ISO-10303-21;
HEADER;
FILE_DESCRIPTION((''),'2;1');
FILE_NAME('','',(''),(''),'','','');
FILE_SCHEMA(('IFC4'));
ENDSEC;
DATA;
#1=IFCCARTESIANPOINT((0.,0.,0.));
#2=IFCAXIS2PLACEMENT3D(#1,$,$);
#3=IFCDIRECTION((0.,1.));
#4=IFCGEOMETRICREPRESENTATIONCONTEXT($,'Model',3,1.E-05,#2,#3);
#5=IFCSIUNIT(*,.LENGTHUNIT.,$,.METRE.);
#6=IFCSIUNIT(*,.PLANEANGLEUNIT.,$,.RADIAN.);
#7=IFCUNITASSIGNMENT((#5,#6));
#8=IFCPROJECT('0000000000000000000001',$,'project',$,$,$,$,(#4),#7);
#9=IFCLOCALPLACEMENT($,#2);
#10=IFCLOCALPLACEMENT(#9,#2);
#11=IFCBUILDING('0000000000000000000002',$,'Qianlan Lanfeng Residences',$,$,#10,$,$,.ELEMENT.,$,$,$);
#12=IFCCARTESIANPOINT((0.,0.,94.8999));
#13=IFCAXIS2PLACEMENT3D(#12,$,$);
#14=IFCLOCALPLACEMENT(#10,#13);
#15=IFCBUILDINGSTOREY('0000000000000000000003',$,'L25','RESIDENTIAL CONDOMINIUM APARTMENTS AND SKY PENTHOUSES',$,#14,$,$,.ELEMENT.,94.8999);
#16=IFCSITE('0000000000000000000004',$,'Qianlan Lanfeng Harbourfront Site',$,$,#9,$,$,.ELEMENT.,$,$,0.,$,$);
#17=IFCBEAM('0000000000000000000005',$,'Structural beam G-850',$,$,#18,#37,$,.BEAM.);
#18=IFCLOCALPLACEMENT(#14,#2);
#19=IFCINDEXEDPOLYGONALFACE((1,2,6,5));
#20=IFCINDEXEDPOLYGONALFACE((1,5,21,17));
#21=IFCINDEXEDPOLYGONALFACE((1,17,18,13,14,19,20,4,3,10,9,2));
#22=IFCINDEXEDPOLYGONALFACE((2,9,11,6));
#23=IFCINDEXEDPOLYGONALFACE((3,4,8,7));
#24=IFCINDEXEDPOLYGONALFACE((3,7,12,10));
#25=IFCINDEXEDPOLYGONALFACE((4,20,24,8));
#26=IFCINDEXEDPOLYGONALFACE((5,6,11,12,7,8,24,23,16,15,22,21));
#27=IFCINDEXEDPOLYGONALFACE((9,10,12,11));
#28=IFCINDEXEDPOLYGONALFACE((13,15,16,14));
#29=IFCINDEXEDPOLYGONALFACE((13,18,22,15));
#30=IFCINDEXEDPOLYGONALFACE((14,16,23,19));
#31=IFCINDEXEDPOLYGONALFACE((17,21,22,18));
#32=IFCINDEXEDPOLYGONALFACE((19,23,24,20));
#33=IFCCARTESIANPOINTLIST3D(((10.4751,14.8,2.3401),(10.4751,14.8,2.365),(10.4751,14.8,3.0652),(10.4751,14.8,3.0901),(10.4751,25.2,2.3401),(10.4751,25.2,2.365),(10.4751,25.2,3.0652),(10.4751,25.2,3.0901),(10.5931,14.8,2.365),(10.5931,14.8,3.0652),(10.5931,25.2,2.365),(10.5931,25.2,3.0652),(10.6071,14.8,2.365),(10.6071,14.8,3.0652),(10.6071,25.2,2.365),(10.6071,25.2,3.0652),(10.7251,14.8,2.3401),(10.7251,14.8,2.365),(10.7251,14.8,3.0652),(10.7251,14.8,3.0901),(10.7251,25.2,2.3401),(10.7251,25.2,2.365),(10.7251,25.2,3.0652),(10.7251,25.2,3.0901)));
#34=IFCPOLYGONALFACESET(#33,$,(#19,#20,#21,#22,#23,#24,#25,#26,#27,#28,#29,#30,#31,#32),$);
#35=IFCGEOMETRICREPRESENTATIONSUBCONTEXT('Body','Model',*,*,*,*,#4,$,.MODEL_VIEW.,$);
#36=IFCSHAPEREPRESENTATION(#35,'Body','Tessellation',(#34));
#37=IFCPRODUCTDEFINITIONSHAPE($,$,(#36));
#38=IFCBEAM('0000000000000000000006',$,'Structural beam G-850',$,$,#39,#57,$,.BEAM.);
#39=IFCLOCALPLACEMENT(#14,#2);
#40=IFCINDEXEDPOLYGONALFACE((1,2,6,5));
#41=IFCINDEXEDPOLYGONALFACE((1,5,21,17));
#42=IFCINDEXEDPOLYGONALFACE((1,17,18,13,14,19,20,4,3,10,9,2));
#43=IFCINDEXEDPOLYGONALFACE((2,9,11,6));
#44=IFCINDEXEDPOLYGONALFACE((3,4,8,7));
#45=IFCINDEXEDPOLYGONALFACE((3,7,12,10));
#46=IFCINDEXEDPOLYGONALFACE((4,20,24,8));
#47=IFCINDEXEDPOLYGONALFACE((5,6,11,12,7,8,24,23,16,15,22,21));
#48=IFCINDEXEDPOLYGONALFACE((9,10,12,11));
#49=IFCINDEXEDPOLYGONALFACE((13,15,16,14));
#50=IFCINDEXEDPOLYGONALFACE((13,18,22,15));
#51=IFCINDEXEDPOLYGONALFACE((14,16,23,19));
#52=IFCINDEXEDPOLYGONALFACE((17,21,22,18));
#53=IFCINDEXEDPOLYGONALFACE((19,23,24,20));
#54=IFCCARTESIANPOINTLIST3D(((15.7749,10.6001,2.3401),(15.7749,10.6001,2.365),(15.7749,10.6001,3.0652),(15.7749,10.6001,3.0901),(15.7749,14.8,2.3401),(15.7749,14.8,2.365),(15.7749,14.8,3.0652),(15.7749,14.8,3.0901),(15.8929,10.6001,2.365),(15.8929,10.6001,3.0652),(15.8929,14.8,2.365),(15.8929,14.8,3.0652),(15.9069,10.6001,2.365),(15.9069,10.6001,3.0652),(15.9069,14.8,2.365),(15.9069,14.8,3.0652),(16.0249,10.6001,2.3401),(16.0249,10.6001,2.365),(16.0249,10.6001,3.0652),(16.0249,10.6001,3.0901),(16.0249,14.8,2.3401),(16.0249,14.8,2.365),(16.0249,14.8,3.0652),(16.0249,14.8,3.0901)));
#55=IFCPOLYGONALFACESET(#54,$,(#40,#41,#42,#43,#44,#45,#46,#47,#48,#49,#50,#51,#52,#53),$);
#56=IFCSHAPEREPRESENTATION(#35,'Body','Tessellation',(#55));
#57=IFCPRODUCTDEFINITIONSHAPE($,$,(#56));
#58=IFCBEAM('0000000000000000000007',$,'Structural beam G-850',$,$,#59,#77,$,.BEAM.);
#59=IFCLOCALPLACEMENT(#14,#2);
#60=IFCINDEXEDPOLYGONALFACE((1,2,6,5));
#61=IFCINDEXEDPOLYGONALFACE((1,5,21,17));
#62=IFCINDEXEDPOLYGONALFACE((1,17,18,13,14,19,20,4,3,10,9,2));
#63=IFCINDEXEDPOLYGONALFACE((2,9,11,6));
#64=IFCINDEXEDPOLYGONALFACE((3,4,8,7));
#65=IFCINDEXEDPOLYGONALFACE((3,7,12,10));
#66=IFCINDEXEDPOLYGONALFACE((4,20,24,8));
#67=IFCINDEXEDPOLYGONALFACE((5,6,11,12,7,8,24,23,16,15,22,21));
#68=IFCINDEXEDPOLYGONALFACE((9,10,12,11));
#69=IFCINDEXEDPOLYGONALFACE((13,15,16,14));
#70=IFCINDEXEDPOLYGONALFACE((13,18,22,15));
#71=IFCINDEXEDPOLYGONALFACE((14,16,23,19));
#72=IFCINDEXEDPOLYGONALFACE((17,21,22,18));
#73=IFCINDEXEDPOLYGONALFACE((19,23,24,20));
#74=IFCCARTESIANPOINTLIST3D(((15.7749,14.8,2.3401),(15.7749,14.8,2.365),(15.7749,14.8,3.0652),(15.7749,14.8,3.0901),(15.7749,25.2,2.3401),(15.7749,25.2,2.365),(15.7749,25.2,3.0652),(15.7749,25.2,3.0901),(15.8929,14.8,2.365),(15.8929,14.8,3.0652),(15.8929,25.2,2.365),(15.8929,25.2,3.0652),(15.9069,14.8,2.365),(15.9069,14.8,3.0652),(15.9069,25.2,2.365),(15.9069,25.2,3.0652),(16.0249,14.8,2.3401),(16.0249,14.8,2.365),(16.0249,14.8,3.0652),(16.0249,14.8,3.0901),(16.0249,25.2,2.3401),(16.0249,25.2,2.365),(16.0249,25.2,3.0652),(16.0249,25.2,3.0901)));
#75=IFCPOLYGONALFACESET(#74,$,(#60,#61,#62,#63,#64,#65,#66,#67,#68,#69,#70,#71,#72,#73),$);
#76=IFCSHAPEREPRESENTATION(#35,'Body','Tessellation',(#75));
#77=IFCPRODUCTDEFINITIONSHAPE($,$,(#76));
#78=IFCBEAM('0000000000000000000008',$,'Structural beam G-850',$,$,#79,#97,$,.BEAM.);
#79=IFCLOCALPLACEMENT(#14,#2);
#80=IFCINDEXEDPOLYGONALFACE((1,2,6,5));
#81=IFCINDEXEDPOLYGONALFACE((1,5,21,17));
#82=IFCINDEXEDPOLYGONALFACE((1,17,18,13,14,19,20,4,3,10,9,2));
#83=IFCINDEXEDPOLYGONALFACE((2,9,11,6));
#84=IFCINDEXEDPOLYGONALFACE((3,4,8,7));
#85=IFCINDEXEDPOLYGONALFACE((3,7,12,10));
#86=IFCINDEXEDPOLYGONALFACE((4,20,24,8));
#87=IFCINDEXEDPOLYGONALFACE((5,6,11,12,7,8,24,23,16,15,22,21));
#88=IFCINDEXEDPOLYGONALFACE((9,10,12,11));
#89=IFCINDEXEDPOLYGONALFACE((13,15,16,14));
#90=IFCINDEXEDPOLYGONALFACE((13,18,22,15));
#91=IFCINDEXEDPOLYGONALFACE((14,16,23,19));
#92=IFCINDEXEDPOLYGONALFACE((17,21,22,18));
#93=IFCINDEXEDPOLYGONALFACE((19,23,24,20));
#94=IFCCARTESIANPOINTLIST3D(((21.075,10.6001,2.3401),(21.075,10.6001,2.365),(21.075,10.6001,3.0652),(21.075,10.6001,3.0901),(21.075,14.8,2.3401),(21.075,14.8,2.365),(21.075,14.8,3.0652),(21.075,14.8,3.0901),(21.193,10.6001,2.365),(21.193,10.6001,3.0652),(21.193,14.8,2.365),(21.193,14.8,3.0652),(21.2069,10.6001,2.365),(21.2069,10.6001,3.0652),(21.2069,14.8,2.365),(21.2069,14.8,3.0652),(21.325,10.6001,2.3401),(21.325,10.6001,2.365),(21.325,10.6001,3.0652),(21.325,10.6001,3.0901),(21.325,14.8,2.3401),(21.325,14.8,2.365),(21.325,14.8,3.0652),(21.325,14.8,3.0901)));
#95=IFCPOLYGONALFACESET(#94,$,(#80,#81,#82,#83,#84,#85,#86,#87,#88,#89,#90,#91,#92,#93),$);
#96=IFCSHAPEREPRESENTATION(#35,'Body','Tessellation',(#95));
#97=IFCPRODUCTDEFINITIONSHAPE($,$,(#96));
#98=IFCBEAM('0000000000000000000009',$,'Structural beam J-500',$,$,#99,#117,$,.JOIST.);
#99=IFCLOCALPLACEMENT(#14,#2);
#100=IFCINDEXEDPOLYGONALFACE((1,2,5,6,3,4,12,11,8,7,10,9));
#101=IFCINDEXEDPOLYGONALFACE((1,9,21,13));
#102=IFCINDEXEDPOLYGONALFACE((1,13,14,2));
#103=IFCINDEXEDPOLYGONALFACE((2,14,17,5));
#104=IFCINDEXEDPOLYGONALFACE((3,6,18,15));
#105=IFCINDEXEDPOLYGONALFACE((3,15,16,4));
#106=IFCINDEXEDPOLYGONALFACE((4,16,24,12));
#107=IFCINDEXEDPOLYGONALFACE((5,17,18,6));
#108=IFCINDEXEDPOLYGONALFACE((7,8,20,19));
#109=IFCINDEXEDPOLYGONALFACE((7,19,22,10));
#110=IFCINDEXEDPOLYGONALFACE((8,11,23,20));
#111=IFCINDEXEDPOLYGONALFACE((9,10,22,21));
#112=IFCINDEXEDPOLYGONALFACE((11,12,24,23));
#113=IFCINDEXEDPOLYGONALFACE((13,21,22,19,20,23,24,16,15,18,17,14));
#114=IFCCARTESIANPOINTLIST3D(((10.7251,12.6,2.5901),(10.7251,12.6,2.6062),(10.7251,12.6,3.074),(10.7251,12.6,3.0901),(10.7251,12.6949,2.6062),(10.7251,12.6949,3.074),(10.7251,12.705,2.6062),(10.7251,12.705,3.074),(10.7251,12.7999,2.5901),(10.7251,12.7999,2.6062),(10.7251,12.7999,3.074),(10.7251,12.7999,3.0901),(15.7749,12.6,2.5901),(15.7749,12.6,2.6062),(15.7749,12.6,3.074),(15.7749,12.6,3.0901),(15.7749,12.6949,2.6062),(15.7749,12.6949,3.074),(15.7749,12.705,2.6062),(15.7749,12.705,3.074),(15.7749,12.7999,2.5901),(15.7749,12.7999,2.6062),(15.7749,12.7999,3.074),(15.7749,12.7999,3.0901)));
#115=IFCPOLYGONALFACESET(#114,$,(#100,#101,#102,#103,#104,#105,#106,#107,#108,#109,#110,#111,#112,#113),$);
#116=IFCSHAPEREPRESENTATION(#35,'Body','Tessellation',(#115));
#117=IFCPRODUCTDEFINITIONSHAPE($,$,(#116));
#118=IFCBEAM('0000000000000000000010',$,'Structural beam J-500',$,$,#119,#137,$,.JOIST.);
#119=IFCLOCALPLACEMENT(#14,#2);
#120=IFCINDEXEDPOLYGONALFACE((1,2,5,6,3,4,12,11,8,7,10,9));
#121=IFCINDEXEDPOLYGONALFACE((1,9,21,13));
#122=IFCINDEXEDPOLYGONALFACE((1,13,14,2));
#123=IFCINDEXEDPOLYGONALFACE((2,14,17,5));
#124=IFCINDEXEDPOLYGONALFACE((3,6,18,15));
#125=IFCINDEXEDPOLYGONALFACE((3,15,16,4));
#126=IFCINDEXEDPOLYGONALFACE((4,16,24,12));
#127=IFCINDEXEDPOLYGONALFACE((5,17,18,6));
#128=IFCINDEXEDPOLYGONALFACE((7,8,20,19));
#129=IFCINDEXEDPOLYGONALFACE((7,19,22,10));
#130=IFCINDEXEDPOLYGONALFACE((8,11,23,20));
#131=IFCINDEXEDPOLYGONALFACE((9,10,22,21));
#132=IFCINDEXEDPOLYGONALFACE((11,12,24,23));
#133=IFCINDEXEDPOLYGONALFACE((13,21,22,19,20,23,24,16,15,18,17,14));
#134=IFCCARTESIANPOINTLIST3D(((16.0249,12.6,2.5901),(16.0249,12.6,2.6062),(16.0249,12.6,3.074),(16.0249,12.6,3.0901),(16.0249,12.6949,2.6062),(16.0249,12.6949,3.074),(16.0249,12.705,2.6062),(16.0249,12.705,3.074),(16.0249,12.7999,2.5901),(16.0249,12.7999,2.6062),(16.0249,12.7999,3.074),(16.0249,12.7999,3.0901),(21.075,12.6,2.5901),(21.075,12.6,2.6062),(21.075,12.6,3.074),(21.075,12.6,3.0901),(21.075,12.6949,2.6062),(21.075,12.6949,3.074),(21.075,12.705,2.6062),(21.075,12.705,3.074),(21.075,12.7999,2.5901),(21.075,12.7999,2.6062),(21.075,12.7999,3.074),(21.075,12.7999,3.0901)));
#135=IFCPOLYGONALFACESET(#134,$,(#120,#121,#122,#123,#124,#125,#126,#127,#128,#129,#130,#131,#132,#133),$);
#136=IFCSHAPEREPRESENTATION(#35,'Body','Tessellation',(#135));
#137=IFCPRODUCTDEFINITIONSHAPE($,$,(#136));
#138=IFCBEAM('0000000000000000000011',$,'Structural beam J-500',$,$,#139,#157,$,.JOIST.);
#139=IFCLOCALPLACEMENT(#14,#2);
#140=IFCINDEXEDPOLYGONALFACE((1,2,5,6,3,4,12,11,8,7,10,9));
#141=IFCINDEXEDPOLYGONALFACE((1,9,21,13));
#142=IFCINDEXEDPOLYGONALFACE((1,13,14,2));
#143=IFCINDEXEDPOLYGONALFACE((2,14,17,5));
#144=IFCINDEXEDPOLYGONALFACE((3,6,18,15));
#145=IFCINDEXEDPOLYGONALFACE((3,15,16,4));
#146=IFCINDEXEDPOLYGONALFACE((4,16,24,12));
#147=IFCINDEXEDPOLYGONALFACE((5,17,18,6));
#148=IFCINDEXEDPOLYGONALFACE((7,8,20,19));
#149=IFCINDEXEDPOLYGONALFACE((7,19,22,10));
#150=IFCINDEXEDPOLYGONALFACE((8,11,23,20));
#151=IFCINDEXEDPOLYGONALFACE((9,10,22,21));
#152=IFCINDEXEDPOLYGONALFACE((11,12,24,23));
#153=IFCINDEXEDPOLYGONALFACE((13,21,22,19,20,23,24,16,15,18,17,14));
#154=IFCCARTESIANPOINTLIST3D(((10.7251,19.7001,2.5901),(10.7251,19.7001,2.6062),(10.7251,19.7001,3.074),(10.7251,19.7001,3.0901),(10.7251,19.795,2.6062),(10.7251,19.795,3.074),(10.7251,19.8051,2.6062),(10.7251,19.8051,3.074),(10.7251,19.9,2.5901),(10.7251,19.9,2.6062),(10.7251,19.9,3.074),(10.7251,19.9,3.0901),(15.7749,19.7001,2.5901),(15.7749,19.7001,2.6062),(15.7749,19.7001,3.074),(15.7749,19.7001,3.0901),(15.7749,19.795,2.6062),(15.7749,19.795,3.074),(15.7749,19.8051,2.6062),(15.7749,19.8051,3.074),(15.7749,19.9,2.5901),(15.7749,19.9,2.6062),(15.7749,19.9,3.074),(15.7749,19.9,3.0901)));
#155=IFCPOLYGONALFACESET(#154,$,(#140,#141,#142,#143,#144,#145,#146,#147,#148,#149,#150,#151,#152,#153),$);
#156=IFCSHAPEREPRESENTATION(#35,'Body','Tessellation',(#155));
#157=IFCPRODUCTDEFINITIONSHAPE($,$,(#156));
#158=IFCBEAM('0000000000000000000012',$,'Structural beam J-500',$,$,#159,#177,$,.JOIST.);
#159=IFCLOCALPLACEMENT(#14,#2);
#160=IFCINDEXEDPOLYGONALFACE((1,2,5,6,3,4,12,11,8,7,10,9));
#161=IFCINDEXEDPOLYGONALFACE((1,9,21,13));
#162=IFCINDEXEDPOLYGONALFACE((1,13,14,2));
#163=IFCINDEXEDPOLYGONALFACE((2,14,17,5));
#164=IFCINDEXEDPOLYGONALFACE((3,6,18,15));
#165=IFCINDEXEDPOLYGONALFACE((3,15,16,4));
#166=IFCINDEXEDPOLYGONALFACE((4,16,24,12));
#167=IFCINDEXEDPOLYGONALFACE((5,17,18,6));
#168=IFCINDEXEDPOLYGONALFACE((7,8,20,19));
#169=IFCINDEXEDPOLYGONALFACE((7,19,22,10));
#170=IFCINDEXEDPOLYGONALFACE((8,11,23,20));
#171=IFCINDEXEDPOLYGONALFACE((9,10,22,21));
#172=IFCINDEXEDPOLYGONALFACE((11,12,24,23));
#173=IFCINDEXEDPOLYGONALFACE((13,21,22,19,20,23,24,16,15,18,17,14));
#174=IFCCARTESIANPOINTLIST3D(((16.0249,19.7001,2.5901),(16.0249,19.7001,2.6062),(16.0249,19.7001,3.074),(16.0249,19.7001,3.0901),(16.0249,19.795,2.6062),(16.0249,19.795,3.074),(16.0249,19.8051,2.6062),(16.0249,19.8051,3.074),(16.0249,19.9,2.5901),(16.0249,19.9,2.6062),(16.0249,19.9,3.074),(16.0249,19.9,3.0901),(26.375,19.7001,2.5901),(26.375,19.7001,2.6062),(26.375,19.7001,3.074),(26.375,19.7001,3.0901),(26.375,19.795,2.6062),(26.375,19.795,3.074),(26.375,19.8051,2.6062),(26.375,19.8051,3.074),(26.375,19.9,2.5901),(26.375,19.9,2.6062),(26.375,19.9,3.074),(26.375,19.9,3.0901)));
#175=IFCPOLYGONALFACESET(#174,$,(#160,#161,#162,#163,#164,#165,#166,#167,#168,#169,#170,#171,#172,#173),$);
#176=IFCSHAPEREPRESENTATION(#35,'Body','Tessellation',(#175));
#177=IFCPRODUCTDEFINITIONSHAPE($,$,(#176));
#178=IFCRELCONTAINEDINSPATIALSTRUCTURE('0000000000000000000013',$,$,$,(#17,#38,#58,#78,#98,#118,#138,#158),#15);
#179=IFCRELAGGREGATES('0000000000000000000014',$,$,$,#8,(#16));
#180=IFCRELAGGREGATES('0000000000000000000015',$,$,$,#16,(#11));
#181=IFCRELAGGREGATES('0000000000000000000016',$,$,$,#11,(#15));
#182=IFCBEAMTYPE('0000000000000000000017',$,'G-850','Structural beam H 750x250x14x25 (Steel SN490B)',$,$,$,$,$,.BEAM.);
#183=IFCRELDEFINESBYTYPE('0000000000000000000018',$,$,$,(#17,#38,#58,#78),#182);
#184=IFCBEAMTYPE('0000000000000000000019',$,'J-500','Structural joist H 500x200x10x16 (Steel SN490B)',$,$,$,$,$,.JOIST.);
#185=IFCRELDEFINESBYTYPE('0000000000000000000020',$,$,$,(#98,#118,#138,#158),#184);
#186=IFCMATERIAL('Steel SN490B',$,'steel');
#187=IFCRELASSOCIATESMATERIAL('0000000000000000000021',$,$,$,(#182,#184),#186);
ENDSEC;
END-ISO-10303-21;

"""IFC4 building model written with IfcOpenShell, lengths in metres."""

from ifc_helpers import new_model, si_unit, direction, frame, origin, origin_2d, place, context, subcontext, project, spatial, i_section, extrude, material, material_profile, profile_set, type_object, element, save


model = new_model("IFC4")

# Units and contexts
model_context = context("Model", 3, precision=1e-05, world=origin(), true_north=direction((0.0, 1.0)))
body_context = subcontext(model_context, "Body", "Model", "MODEL_VIEW")
ifc_project = project(units=[si_unit("LENGTHUNIT", "METRE"), si_unit("PLANEANGLEUNIT", "RADIAN")], contexts=[model_context])

# Site, building, storey
site_placement = place(None, origin())
site = spatial("IfcSite", under=ifc_project, at=site_placement, Name="Qianlan Lanfeng Harbourfront Site", CompositionType="ELEMENT", RefElevation=0.0)
building_placement = place(site_placement, origin())
building = spatial("IfcBuilding", under=site, at=building_placement, Name="Qianlan Lanfeng Residences", CompositionType="ELEMENT")
storey_placement = place(building_placement, frame((0.0, 0.0, 94.8999)))
storey = spatial("IfcBuildingStorey", under=building, at=storey_placement, Name="L25", Description="RESIDENTIAL CONDOMINIUM APARTMENTS AND SKY PENTHOUSES", CompositionType="ELEMENT", Elevation=94.8999)

# Shared definitions
ifc_material_1 = material(Name="Steel SN490B", Category="steel")

# Beams
ifc_material_profile_1 = material_profile(ifc_material_1, i_section(OverallWidth=0.25, OverallDepth=0.75, WebThickness=0.0139, FlangeThickness=0.0249, at=origin_2d()), Name="H 750x250x14x25")
ifc_profile_set_1 = profile_set([ifc_material_profile_1], Name="Steel SN490B")
beam_type_1 = type_object("IfcBeamType", Name="G-850", Description="Structural beam H 750x250x14x25 (Steel SN490B)", PredefinedType="BEAM", material=ifc_profile_set_1)
beam_1_placement = place(storey_placement, frame((10.6001, 14.8, 2.7151), z_axis=(0.0, 1.0, 0.0), x_axis=(-1.0, 0.0, 0.0)))
element("IfcBeam", 1, at=beam_1_placement, inside=storey, type_object=beam_type_1, Name="Structural beam G-850", PredefinedType="BEAM", context=body_context, shape_type="SweptSolid", body=[
    extrude(i_section(OverallWidth=0.25, OverallDepth=0.75, WebThickness=0.0139, FlangeThickness=0.0249, at=origin_2d()), origin(), (0.0, 0.0, 1.0), 10.3999),
])
beam_2_placement = place(storey_placement, frame((15.8999, 10.6001, 2.7151), z_axis=(0.0, 1.0, 0.0), x_axis=(-1.0, 0.0, 0.0)))
element("IfcBeam", 2, at=beam_2_placement, inside=storey, type_object=beam_type_1, Name="Structural beam G-850", PredefinedType="BEAM", context=body_context, shape_type="SweptSolid", body=[
    extrude(i_section(OverallWidth=0.25, OverallDepth=0.75, WebThickness=0.0139, FlangeThickness=0.0249, at=origin_2d()), origin(), (0.0, 0.0, 1.0), 4.2),
])
beam_3_placement = place(storey_placement, frame((15.8999, 14.8, 2.7151), z_axis=(0.0, 1.0, 0.0), x_axis=(-1.0, 0.0, 0.0)))
element("IfcBeam", 3, at=beam_3_placement, inside=storey, type_object=beam_type_1, Name="Structural beam G-850", PredefinedType="BEAM", context=body_context, shape_type="SweptSolid", body=[
    extrude(i_section(OverallWidth=0.25, OverallDepth=0.75, WebThickness=0.0139, FlangeThickness=0.0249, at=origin_2d()), origin(), (0.0, 0.0, 1.0), 10.3999),
])
beam_4_placement = place(storey_placement, frame((21.2, 10.6001, 2.7151), z_axis=(0.0, 1.0, 0.0), x_axis=(-1.0, 0.0, 0.0)))
element("IfcBeam", 4, at=beam_4_placement, inside=storey, type_object=beam_type_1, Name="Structural beam G-850", PredefinedType="BEAM", context=body_context, shape_type="SweptSolid", body=[
    extrude(i_section(OverallWidth=0.25, OverallDepth=0.75, WebThickness=0.0139, FlangeThickness=0.0249, at=origin_2d()), origin(), (0.0, 0.0, 1.0), 4.2),
])
ifc_material_profile_2 = material_profile(ifc_material_1, i_section(OverallWidth=0.2, OverallDepth=0.5, WebThickness=0.01, FlangeThickness=0.0161, at=origin_2d()), Name="H 500x200x10x16")
ifc_profile_set_2 = profile_set([ifc_material_profile_2], Name="Steel SN490B")
beam_type_2 = type_object("IfcBeamType", Name="J-500", Description="Structural joist H 500x200x10x16 (Steel SN490B)", PredefinedType="JOIST", material=ifc_profile_set_2)
beam_5_placement = place(storey_placement, frame((10.7251, 12.7, 2.8401), z_axis=(1.0, 0.0, 0.0), x_axis=(0.0, 1.0, 0.0)))
element("IfcBeam", 5, at=beam_5_placement, inside=storey, type_object=beam_type_2, Name="Structural beam J-500", PredefinedType="JOIST", context=body_context, shape_type="SweptSolid", body=[
    extrude(i_section(OverallWidth=0.2, OverallDepth=0.5, WebThickness=0.01, FlangeThickness=0.0161, at=origin_2d()), origin(), (0.0, 0.0, 1.0), 5.0498),
])
beam_6_placement = place(storey_placement, frame((16.0249, 12.7, 2.8401), z_axis=(1.0, 0.0, 0.0), x_axis=(0.0, 1.0, 0.0)))
element("IfcBeam", 6, at=beam_6_placement, inside=storey, type_object=beam_type_2, Name="Structural beam J-500", PredefinedType="JOIST", context=body_context, shape_type="SweptSolid", body=[
    extrude(i_section(OverallWidth=0.2, OverallDepth=0.5, WebThickness=0.01, FlangeThickness=0.0161, at=origin_2d()), origin(), (0.0, 0.0, 1.0), 5.05),
])
beam_7_placement = place(storey_placement, frame((10.7251, 19.8, 2.8401), z_axis=(1.0, 0.0, 0.0), x_axis=(0.0, 1.0, 0.0)))
element("IfcBeam", 7, at=beam_7_placement, inside=storey, type_object=beam_type_2, Name="Structural beam J-500", PredefinedType="JOIST", context=body_context, shape_type="SweptSolid", body=[
    extrude(i_section(OverallWidth=0.2, OverallDepth=0.5, WebThickness=0.01, FlangeThickness=0.0161, at=origin_2d()), origin(), (0.0, 0.0, 1.0), 5.0498),
])
beam_8_placement = place(storey_placement, frame((16.0249, 19.8, 2.8401), z_axis=(1.0, 0.0, 0.0), x_axis=(0.0, 1.0, 0.0)))
element("IfcBeam", 8, at=beam_8_placement, inside=storey, type_object=beam_type_2, Name="Structural beam J-500", PredefinedType="JOIST", context=body_context, shape_type="SweptSolid", body=[
    extrude(i_section(OverallWidth=0.2, OverallDepth=0.5, WebThickness=0.01, FlangeThickness=0.0161, at=origin_2d()), origin(), (0.0, 0.0, 1.0), 10.3501),
])

save(model, "model.ifc")
